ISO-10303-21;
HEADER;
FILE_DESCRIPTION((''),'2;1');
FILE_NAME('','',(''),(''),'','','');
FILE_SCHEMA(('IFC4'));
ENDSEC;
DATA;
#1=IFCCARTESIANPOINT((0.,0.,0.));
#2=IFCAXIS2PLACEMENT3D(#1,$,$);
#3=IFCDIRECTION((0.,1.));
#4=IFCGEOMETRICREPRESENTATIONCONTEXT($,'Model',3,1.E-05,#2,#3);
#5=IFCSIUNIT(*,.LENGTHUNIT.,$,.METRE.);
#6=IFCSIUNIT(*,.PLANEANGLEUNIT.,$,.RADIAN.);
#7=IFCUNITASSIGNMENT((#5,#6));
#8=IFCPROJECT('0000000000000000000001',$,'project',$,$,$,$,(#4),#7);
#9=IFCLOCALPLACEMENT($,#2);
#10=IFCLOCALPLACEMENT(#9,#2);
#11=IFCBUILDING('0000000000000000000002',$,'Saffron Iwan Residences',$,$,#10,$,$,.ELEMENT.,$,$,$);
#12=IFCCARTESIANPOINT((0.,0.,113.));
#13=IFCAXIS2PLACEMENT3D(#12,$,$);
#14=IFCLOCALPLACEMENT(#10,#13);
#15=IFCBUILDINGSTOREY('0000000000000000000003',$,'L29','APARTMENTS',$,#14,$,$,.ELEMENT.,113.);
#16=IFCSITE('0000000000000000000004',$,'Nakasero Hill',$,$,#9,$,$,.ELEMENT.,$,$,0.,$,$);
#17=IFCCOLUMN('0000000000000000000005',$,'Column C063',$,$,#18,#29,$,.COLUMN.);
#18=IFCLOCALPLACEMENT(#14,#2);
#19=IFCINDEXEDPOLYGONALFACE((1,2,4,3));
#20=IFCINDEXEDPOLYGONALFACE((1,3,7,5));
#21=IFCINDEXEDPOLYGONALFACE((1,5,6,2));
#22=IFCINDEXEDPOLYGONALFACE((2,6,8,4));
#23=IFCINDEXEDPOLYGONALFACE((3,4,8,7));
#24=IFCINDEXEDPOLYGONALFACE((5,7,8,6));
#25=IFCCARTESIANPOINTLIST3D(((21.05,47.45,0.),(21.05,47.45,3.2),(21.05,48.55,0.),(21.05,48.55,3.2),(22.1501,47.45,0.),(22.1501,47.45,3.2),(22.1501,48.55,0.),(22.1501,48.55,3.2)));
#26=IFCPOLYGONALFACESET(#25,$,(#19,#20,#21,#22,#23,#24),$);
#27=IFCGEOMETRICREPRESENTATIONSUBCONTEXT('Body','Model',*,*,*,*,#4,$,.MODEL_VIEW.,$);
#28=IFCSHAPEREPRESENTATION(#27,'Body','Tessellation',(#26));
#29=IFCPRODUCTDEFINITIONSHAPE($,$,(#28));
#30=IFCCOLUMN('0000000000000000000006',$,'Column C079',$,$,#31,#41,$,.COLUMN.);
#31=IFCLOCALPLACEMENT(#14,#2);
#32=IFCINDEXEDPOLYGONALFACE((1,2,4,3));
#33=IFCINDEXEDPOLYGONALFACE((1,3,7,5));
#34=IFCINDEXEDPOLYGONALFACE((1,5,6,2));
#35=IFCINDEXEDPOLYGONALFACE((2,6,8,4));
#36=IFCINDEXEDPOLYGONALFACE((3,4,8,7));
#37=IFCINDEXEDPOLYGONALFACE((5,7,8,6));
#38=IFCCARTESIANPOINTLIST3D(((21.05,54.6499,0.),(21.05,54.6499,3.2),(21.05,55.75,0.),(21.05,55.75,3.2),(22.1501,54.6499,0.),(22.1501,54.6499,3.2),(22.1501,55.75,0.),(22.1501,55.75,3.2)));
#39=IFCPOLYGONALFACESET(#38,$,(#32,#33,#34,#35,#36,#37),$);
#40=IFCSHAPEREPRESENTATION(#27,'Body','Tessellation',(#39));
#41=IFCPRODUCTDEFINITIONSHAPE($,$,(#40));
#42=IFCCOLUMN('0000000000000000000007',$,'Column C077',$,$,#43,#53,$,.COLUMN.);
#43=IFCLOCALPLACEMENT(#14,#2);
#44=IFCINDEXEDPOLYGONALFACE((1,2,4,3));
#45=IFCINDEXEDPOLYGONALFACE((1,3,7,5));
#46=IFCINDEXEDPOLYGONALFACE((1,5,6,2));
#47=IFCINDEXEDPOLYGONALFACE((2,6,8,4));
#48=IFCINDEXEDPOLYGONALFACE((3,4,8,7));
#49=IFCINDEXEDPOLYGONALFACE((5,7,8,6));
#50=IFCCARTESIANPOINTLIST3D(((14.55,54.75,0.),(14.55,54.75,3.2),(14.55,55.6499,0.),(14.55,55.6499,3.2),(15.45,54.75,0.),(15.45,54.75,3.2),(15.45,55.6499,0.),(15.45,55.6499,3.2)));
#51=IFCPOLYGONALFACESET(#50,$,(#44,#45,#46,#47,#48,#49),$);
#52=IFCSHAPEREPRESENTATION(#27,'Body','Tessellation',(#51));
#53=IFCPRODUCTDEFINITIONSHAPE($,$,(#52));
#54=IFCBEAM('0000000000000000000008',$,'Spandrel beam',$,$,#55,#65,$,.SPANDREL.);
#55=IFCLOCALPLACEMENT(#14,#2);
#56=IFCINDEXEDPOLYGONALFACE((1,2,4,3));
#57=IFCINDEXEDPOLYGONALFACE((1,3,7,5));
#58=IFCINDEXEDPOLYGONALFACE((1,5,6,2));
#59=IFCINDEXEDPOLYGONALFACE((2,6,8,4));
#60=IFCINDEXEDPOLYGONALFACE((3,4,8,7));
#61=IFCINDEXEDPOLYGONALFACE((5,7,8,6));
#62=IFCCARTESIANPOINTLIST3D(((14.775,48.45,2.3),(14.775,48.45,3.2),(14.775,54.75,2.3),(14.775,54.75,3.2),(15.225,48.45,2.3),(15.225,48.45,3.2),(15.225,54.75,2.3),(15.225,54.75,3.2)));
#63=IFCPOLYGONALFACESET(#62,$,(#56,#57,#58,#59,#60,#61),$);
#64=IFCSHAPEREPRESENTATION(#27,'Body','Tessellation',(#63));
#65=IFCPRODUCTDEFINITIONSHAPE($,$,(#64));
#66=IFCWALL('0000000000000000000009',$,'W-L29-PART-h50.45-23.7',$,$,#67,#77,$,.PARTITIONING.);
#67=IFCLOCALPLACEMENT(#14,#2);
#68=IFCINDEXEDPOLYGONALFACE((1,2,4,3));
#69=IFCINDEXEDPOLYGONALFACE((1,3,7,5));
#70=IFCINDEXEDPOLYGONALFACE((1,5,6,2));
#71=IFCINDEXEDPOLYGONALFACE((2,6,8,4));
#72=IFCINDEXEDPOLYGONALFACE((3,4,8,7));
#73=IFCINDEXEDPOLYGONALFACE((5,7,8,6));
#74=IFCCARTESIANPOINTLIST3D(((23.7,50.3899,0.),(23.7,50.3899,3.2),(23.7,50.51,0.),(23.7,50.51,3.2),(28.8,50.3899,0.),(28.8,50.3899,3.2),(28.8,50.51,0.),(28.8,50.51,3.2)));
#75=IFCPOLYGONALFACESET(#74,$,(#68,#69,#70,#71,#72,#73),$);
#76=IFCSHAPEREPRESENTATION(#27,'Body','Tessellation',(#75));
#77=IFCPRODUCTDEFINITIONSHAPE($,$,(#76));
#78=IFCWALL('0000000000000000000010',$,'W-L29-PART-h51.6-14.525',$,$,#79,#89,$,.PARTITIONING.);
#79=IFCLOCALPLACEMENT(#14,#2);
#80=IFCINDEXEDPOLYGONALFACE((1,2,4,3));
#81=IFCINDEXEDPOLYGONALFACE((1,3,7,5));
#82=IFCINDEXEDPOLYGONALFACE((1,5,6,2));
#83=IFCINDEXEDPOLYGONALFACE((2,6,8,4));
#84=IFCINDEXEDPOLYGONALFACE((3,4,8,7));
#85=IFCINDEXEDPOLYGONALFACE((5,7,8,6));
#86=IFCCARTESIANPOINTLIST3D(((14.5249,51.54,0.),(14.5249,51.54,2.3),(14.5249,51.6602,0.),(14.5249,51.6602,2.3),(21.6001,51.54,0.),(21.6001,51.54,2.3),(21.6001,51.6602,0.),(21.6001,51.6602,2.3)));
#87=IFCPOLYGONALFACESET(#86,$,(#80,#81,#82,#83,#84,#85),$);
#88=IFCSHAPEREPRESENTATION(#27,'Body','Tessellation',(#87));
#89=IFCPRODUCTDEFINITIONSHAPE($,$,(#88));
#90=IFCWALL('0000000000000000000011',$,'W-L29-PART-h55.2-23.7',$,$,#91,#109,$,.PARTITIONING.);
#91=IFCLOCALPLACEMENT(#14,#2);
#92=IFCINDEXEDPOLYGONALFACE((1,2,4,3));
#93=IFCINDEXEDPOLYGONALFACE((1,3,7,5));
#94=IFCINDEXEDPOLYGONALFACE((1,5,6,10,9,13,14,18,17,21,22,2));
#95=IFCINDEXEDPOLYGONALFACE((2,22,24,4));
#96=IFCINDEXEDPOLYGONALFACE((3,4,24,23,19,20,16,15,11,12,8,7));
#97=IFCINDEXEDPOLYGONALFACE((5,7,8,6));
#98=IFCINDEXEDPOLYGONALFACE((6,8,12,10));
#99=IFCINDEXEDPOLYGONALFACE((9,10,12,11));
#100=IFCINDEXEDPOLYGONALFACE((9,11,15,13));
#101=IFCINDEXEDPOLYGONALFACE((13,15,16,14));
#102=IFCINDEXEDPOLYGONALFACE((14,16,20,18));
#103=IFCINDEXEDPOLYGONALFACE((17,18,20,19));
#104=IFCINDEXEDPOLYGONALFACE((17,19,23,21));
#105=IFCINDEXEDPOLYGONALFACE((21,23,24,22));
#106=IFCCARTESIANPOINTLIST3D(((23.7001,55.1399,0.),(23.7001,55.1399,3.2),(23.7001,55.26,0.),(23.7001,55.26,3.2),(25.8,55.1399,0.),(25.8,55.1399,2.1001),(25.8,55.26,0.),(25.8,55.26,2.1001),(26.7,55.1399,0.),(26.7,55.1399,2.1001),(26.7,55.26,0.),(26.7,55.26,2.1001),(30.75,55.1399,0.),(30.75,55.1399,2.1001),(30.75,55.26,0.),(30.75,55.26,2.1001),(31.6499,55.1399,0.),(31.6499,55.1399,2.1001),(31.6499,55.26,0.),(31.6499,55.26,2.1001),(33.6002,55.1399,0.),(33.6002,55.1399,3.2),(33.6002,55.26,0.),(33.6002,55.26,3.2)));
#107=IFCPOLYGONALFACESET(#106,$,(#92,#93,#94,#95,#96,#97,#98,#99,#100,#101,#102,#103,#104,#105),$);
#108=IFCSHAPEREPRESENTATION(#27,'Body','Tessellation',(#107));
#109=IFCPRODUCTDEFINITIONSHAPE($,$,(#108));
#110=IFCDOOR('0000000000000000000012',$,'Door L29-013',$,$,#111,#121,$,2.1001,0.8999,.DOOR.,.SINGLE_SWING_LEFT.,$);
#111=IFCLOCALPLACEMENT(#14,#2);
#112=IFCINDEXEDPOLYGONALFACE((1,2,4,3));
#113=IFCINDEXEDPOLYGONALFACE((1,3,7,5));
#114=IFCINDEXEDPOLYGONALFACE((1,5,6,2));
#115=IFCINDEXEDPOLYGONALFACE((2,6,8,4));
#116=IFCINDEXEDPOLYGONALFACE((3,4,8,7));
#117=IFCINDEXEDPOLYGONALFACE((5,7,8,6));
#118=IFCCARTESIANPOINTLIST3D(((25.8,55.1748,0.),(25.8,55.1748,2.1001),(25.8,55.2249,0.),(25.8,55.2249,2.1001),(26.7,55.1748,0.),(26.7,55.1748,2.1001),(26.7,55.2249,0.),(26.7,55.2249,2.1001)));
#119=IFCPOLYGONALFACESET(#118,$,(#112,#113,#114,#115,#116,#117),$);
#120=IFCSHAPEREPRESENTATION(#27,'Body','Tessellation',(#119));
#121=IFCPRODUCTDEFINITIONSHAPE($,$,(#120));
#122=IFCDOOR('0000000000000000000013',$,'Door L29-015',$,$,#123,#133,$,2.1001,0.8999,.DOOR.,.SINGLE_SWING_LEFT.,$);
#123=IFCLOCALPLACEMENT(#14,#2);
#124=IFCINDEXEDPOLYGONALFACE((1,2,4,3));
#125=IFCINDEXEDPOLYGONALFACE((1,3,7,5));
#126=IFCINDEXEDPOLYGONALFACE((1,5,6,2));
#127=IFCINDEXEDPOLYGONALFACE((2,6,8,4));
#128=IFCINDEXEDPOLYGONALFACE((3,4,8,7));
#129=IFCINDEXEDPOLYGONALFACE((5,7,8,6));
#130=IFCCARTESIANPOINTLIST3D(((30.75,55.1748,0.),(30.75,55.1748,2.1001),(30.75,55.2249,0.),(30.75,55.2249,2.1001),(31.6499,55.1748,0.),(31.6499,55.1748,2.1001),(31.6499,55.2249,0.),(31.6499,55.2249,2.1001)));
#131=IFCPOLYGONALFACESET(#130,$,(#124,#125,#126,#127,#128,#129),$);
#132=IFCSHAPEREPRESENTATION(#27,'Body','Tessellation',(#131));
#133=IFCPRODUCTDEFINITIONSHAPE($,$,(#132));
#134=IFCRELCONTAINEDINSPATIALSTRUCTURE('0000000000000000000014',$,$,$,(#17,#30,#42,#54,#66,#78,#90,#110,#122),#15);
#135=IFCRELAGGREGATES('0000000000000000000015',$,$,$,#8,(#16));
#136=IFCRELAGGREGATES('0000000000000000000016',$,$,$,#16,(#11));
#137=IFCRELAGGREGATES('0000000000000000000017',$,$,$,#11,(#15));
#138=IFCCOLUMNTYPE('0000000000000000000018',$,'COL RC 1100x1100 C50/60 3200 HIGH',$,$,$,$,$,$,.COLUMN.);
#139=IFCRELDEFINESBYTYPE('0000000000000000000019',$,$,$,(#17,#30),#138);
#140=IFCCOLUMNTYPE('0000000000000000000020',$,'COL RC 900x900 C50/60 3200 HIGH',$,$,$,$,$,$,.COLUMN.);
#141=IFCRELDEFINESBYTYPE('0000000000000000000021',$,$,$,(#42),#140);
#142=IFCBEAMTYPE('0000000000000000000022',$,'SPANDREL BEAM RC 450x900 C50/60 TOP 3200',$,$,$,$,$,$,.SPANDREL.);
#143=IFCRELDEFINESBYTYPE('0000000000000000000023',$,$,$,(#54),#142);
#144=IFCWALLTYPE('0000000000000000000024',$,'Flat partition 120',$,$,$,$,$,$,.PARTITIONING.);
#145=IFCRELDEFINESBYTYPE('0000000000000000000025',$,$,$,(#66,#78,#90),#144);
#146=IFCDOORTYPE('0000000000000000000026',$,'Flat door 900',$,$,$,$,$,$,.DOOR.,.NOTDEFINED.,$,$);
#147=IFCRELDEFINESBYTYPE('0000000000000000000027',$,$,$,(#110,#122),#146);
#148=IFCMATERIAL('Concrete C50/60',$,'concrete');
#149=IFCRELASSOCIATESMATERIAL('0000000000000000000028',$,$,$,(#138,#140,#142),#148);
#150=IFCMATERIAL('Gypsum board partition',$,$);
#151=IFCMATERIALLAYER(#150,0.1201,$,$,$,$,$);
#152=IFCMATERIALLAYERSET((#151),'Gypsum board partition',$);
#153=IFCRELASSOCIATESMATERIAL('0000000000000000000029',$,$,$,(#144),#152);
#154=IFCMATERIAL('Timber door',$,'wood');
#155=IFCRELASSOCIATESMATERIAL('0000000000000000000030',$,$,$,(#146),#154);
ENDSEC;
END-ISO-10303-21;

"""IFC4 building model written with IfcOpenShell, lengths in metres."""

from ifc_helpers import new_model, si_unit, direction, frame, frame_2d, origin, origin_2d, place, context, subcontext, project, spatial, rectangle, extrude, source, transform, mapped, material, layer, layer_set, material_profile, profile_set, type_object, element, fill, save


model = new_model("IFC4")

# Units and contexts
model_context = context("Model", 3, precision=1e-05, world=origin(), true_north=direction((0.0, 1.0)))
body_context = subcontext(model_context, "Body", "Model", "MODEL_VIEW")
ifc_project = project(units=[si_unit("LENGTHUNIT", "METRE"), si_unit("PLANEANGLEUNIT", "RADIAN")], contexts=[model_context])

# Site, building, storey
site_placement = place(None, origin())
site = spatial("IfcSite", under=ifc_project, at=site_placement, Name="Nakasero Hill", CompositionType="ELEMENT", RefElevation=0.0)
building_placement = place(site_placement, origin())
building = spatial("IfcBuilding", under=site, at=building_placement, Name="Saffron Iwan Residences", CompositionType="ELEMENT")
storey_placement = place(building_placement, frame((0.0, 0.0, 113.0)))
storey = spatial("IfcBuildingStorey", under=building, at=storey_placement, Name="L29", Description="APARTMENTS", CompositionType="ELEMENT", Elevation=113.0)

# Columns
ifc_material_1 = material(Name="Concrete C50/60", Category="concrete")
ifc_material_profile_1 = material_profile(ifc_material_1, rectangle(XDim=1.1001, YDim=1.1001, at=origin_2d()), Name="RC 1100x1100")
ifc_profile_set_1 = profile_set([ifc_material_profile_1], Name="Concrete C50/60")
column_type_1 = type_object("IfcColumnType", Name="COL RC 1100x1100 C50/60 3200 HIGH", PredefinedType="COLUMN", material=ifc_profile_set_1)
shared_shape_1 = source(origin(), body_context, "Body", "SweptSolid", [
    extrude(rectangle(XDim=1.1001, YDim=1.1001, at=origin_2d()), origin(), (0.0, 0.0, 1.0), 3.2),
])
for number, where, z_axis, x_axis, name in (
    (1, (21.6001, 48.0, 0.0), (0.0, 0.0, 1.0), (1.0, 0.0, 0.0), "Column C063"),
    (2, (21.6001, 55.2, 0.0), (0.0, 0.0, 1.0), (1.0, 0.0, 0.0), "Column C079"),
):
    element("IfcColumn", number, at=place(storey_placement, frame(where, z_axis=z_axis, x_axis=x_axis)), inside=storey, type_object=column_type_1, Name=name, PredefinedType="COLUMN", context=body_context, shape_type="MappedRepresentation", body=[
        mapped(shared_shape_1, transform((0.0, 0.0, 0.0))),
    ])
ifc_material_profile_2 = material_profile(ifc_material_1, rectangle(XDim=0.8999, YDim=0.8999, at=origin_2d()), Name="RC 900x900")
ifc_profile_set_2 = profile_set([ifc_material_profile_2], Name="Concrete C50/60")
column_type_2 = type_object("IfcColumnType", Name="COL RC 900x900 C50/60 3200 HIGH", PredefinedType="COLUMN", material=ifc_profile_set_2)
shared_shape_2 = source(origin(), body_context, "Body", "SweptSolid", [
    extrude(rectangle(XDim=0.8999, YDim=0.8999, at=origin_2d()), origin(), (0.0, 0.0, 1.0), 3.2),
])
column_placement = place(storey_placement, frame((15.0, 55.2, 0.0), z_axis=(0.0, 0.0, 1.0), x_axis=(1.0, 0.0, 0.0)))
element("IfcColumn", 3, at=column_placement, inside=storey, type_object=column_type_2, Name="Column C077", PredefinedType="COLUMN", context=body_context, shape_type="MappedRepresentation", body=[
    mapped(shared_shape_2, transform((0.0, 0.0, 0.0))),
])

# Beam
ifc_material_profile_3 = material_profile(ifc_material_1, rectangle(XDim=0.45, YDim=0.8999, at=origin_2d()), Name="RC 450x900")
ifc_profile_set_3 = profile_set([ifc_material_profile_3], Name="Concrete C50/60")
beam_type = type_object("IfcBeamType", Name="SPANDREL BEAM RC 450x900 C50/60 TOP 3200", PredefinedType="SPANDREL", material=ifc_profile_set_3)
shared_shape_3 = source(origin(), body_context, "Body", "SweptSolid", [
    extrude(rectangle(XDim=0.45, YDim=0.8999, at=origin_2d()), origin(), (0.0, 0.0, 1.0), 6.3),
])
beam_placement = place(storey_placement, frame((15.0, 48.45, 2.75), z_axis=(0.0, 1.0, 0.0), x_axis=(-1.0, 0.0, 0.0)))
element("IfcBeam", 4, at=beam_placement, inside=storey, type_object=beam_type, Name="Spandrel beam", PredefinedType="SPANDREL", context=body_context, shape_type="MappedRepresentation", body=[
    mapped(shared_shape_3, transform((0.0, 0.0, 0.0))),
])

# Walls
ifc_material_2 = material(Name="Gypsum board partition")
ifc_layer = layer(ifc_material_2, 0.1201)
ifc_layer_set = layer_set([ifc_layer], Name="Gypsum board partition")
wall_type = type_object("IfcWallType", Name="Flat partition 120", PredefinedType="PARTITIONING", material=ifc_layer_set)
wall_1_placement = place(storey_placement, frame((23.7, 50.45, 0.0), z_axis=(0.0, 0.0, 1.0), x_axis=(1.0, 0.0, 0.0)))
element("IfcWall", 5, at=wall_1_placement, inside=storey, type_object=wall_type, Name="W-L29-PART-h50.45-23.7", PredefinedType="PARTITIONING", context=body_context, shape_type="SweptSolid", body=[
    extrude(rectangle(XDim=5.1001, YDim=0.1201, at=frame_2d((2.55, 0.0))), origin(), (0.0, 0.0, 1.0), 3.2),
])
wall_2_placement = place(storey_placement, frame((14.5249, 51.6001, 0.0), z_axis=(0.0, 0.0, 1.0), x_axis=(1.0, 0.0, 0.0)))
element("IfcWall", 6, at=wall_2_placement, inside=storey, type_object=wall_type, Name="W-L29-PART-h51.6-14.525", PredefinedType="PARTITIONING", context=body_context, shape_type="SweptSolid", body=[
    extrude(rectangle(XDim=7.0752, YDim=0.1201, at=frame_2d((3.5376, 0.0))), origin(), (0.0, 0.0, 1.0), 2.3),
])

# Wall, openings, doors
wall_3_placement = place(storey_placement, frame((23.7, 55.2, 0.0), z_axis=(0.0, 0.0, 1.0), x_axis=(1.0, 0.0, 0.0)))
wall_3 = element("IfcWall", 7, at=wall_3_placement, inside=storey, type_object=wall_type, Name="W-L29-PART-h55.2-23.7", PredefinedType="PARTITIONING", context=body_context, shape_type="SweptSolid", body=[
    extrude(rectangle(XDim=9.9001, YDim=0.1201, at=frame_2d((4.9502, 0.0))), origin(), (0.0, 0.0, 1.0), 3.2),
])
opening_1_placement = place(wall_3_placement, frame((2.1001, 0.0, 0.0)))
opening_1 = element("IfcOpeningElement", 8, at=opening_1_placement, cuts=wall_3, PredefinedType="OPENING", context=body_context, shape_type="SweptSolid", body=[
    extrude(rectangle(XDim=0.8999, YDim=2.1001, at=frame_2d((0.45, 1.05))), frame((0.0, 0.0701, 0.0), z_axis=(0.0, -1.0, 0.0), x_axis=(1.0, 0.0, 0.0)), (0.0, 0.0, 1.0), 0.1401),
])
opening_2_placement = place(wall_3_placement, frame((7.05, 0.0, 0.0)))
opening_2 = element("IfcOpeningElement", 9, at=opening_2_placement, cuts=wall_3, PredefinedType="OPENING", context=body_context, shape_type="SweptSolid", body=[
    extrude(rectangle(XDim=0.8999, YDim=2.1001, at=frame_2d((0.45, 1.05))), frame((0.0, 0.0701, 0.0), z_axis=(0.0, -1.0, 0.0), x_axis=(1.0, 0.0, 0.0)), (0.0, 0.0, 1.0), 0.1401),
])
ifc_material_3 = material(Name="Timber door", Category="wood")
door_type_1 = type_object("IfcDoorType", Name="Flat door 900", OperationType="NOTDEFINED", PredefinedType="DOOR", material=ifc_material_3)
door_1_placement = place(opening_1_placement, origin())
door_1 = element("IfcDoor", 10, at=door_1_placement, inside=storey, type_object=door_type_1, Name="Door L29-013", OperationType="SINGLE_SWING_LEFT", OverallHeight=2.1001, OverallWidth=0.8999, PredefinedType="DOOR", context=body_context, shape_type="SweptSolid", body=[
    extrude(rectangle(XDim=0.8999, YDim=2.1001, at=frame_2d((0.45, 1.05))), frame((0.0, 0.0249, 0.0), z_axis=(0.0, -1.0, 0.0), x_axis=(1.0, 0.0, 0.0)), (0.0, 0.0, 1.0), 0.05),
])
fill(opening_1, door_1)
door_2_placement = place(opening_2_placement, origin())
door_2 = element("IfcDoor", 11, at=door_2_placement, inside=storey, type_object=door_type_1, Name="Door L29-015", OperationType="SINGLE_SWING_LEFT", OverallHeight=2.1001, OverallWidth=0.8999, PredefinedType="DOOR", context=body_context, shape_type="SweptSolid", body=[
    extrude(rectangle(XDim=0.8999, YDim=2.1001, at=frame_2d((0.45, 1.05))), frame((0.0, 0.0249, 0.0), z_axis=(0.0, -1.0, 0.0), x_axis=(1.0, 0.0, 0.0)), (0.0, 0.0, 1.0), 0.05),
])
fill(opening_2, door_2)

save(model, "model.ifc")
